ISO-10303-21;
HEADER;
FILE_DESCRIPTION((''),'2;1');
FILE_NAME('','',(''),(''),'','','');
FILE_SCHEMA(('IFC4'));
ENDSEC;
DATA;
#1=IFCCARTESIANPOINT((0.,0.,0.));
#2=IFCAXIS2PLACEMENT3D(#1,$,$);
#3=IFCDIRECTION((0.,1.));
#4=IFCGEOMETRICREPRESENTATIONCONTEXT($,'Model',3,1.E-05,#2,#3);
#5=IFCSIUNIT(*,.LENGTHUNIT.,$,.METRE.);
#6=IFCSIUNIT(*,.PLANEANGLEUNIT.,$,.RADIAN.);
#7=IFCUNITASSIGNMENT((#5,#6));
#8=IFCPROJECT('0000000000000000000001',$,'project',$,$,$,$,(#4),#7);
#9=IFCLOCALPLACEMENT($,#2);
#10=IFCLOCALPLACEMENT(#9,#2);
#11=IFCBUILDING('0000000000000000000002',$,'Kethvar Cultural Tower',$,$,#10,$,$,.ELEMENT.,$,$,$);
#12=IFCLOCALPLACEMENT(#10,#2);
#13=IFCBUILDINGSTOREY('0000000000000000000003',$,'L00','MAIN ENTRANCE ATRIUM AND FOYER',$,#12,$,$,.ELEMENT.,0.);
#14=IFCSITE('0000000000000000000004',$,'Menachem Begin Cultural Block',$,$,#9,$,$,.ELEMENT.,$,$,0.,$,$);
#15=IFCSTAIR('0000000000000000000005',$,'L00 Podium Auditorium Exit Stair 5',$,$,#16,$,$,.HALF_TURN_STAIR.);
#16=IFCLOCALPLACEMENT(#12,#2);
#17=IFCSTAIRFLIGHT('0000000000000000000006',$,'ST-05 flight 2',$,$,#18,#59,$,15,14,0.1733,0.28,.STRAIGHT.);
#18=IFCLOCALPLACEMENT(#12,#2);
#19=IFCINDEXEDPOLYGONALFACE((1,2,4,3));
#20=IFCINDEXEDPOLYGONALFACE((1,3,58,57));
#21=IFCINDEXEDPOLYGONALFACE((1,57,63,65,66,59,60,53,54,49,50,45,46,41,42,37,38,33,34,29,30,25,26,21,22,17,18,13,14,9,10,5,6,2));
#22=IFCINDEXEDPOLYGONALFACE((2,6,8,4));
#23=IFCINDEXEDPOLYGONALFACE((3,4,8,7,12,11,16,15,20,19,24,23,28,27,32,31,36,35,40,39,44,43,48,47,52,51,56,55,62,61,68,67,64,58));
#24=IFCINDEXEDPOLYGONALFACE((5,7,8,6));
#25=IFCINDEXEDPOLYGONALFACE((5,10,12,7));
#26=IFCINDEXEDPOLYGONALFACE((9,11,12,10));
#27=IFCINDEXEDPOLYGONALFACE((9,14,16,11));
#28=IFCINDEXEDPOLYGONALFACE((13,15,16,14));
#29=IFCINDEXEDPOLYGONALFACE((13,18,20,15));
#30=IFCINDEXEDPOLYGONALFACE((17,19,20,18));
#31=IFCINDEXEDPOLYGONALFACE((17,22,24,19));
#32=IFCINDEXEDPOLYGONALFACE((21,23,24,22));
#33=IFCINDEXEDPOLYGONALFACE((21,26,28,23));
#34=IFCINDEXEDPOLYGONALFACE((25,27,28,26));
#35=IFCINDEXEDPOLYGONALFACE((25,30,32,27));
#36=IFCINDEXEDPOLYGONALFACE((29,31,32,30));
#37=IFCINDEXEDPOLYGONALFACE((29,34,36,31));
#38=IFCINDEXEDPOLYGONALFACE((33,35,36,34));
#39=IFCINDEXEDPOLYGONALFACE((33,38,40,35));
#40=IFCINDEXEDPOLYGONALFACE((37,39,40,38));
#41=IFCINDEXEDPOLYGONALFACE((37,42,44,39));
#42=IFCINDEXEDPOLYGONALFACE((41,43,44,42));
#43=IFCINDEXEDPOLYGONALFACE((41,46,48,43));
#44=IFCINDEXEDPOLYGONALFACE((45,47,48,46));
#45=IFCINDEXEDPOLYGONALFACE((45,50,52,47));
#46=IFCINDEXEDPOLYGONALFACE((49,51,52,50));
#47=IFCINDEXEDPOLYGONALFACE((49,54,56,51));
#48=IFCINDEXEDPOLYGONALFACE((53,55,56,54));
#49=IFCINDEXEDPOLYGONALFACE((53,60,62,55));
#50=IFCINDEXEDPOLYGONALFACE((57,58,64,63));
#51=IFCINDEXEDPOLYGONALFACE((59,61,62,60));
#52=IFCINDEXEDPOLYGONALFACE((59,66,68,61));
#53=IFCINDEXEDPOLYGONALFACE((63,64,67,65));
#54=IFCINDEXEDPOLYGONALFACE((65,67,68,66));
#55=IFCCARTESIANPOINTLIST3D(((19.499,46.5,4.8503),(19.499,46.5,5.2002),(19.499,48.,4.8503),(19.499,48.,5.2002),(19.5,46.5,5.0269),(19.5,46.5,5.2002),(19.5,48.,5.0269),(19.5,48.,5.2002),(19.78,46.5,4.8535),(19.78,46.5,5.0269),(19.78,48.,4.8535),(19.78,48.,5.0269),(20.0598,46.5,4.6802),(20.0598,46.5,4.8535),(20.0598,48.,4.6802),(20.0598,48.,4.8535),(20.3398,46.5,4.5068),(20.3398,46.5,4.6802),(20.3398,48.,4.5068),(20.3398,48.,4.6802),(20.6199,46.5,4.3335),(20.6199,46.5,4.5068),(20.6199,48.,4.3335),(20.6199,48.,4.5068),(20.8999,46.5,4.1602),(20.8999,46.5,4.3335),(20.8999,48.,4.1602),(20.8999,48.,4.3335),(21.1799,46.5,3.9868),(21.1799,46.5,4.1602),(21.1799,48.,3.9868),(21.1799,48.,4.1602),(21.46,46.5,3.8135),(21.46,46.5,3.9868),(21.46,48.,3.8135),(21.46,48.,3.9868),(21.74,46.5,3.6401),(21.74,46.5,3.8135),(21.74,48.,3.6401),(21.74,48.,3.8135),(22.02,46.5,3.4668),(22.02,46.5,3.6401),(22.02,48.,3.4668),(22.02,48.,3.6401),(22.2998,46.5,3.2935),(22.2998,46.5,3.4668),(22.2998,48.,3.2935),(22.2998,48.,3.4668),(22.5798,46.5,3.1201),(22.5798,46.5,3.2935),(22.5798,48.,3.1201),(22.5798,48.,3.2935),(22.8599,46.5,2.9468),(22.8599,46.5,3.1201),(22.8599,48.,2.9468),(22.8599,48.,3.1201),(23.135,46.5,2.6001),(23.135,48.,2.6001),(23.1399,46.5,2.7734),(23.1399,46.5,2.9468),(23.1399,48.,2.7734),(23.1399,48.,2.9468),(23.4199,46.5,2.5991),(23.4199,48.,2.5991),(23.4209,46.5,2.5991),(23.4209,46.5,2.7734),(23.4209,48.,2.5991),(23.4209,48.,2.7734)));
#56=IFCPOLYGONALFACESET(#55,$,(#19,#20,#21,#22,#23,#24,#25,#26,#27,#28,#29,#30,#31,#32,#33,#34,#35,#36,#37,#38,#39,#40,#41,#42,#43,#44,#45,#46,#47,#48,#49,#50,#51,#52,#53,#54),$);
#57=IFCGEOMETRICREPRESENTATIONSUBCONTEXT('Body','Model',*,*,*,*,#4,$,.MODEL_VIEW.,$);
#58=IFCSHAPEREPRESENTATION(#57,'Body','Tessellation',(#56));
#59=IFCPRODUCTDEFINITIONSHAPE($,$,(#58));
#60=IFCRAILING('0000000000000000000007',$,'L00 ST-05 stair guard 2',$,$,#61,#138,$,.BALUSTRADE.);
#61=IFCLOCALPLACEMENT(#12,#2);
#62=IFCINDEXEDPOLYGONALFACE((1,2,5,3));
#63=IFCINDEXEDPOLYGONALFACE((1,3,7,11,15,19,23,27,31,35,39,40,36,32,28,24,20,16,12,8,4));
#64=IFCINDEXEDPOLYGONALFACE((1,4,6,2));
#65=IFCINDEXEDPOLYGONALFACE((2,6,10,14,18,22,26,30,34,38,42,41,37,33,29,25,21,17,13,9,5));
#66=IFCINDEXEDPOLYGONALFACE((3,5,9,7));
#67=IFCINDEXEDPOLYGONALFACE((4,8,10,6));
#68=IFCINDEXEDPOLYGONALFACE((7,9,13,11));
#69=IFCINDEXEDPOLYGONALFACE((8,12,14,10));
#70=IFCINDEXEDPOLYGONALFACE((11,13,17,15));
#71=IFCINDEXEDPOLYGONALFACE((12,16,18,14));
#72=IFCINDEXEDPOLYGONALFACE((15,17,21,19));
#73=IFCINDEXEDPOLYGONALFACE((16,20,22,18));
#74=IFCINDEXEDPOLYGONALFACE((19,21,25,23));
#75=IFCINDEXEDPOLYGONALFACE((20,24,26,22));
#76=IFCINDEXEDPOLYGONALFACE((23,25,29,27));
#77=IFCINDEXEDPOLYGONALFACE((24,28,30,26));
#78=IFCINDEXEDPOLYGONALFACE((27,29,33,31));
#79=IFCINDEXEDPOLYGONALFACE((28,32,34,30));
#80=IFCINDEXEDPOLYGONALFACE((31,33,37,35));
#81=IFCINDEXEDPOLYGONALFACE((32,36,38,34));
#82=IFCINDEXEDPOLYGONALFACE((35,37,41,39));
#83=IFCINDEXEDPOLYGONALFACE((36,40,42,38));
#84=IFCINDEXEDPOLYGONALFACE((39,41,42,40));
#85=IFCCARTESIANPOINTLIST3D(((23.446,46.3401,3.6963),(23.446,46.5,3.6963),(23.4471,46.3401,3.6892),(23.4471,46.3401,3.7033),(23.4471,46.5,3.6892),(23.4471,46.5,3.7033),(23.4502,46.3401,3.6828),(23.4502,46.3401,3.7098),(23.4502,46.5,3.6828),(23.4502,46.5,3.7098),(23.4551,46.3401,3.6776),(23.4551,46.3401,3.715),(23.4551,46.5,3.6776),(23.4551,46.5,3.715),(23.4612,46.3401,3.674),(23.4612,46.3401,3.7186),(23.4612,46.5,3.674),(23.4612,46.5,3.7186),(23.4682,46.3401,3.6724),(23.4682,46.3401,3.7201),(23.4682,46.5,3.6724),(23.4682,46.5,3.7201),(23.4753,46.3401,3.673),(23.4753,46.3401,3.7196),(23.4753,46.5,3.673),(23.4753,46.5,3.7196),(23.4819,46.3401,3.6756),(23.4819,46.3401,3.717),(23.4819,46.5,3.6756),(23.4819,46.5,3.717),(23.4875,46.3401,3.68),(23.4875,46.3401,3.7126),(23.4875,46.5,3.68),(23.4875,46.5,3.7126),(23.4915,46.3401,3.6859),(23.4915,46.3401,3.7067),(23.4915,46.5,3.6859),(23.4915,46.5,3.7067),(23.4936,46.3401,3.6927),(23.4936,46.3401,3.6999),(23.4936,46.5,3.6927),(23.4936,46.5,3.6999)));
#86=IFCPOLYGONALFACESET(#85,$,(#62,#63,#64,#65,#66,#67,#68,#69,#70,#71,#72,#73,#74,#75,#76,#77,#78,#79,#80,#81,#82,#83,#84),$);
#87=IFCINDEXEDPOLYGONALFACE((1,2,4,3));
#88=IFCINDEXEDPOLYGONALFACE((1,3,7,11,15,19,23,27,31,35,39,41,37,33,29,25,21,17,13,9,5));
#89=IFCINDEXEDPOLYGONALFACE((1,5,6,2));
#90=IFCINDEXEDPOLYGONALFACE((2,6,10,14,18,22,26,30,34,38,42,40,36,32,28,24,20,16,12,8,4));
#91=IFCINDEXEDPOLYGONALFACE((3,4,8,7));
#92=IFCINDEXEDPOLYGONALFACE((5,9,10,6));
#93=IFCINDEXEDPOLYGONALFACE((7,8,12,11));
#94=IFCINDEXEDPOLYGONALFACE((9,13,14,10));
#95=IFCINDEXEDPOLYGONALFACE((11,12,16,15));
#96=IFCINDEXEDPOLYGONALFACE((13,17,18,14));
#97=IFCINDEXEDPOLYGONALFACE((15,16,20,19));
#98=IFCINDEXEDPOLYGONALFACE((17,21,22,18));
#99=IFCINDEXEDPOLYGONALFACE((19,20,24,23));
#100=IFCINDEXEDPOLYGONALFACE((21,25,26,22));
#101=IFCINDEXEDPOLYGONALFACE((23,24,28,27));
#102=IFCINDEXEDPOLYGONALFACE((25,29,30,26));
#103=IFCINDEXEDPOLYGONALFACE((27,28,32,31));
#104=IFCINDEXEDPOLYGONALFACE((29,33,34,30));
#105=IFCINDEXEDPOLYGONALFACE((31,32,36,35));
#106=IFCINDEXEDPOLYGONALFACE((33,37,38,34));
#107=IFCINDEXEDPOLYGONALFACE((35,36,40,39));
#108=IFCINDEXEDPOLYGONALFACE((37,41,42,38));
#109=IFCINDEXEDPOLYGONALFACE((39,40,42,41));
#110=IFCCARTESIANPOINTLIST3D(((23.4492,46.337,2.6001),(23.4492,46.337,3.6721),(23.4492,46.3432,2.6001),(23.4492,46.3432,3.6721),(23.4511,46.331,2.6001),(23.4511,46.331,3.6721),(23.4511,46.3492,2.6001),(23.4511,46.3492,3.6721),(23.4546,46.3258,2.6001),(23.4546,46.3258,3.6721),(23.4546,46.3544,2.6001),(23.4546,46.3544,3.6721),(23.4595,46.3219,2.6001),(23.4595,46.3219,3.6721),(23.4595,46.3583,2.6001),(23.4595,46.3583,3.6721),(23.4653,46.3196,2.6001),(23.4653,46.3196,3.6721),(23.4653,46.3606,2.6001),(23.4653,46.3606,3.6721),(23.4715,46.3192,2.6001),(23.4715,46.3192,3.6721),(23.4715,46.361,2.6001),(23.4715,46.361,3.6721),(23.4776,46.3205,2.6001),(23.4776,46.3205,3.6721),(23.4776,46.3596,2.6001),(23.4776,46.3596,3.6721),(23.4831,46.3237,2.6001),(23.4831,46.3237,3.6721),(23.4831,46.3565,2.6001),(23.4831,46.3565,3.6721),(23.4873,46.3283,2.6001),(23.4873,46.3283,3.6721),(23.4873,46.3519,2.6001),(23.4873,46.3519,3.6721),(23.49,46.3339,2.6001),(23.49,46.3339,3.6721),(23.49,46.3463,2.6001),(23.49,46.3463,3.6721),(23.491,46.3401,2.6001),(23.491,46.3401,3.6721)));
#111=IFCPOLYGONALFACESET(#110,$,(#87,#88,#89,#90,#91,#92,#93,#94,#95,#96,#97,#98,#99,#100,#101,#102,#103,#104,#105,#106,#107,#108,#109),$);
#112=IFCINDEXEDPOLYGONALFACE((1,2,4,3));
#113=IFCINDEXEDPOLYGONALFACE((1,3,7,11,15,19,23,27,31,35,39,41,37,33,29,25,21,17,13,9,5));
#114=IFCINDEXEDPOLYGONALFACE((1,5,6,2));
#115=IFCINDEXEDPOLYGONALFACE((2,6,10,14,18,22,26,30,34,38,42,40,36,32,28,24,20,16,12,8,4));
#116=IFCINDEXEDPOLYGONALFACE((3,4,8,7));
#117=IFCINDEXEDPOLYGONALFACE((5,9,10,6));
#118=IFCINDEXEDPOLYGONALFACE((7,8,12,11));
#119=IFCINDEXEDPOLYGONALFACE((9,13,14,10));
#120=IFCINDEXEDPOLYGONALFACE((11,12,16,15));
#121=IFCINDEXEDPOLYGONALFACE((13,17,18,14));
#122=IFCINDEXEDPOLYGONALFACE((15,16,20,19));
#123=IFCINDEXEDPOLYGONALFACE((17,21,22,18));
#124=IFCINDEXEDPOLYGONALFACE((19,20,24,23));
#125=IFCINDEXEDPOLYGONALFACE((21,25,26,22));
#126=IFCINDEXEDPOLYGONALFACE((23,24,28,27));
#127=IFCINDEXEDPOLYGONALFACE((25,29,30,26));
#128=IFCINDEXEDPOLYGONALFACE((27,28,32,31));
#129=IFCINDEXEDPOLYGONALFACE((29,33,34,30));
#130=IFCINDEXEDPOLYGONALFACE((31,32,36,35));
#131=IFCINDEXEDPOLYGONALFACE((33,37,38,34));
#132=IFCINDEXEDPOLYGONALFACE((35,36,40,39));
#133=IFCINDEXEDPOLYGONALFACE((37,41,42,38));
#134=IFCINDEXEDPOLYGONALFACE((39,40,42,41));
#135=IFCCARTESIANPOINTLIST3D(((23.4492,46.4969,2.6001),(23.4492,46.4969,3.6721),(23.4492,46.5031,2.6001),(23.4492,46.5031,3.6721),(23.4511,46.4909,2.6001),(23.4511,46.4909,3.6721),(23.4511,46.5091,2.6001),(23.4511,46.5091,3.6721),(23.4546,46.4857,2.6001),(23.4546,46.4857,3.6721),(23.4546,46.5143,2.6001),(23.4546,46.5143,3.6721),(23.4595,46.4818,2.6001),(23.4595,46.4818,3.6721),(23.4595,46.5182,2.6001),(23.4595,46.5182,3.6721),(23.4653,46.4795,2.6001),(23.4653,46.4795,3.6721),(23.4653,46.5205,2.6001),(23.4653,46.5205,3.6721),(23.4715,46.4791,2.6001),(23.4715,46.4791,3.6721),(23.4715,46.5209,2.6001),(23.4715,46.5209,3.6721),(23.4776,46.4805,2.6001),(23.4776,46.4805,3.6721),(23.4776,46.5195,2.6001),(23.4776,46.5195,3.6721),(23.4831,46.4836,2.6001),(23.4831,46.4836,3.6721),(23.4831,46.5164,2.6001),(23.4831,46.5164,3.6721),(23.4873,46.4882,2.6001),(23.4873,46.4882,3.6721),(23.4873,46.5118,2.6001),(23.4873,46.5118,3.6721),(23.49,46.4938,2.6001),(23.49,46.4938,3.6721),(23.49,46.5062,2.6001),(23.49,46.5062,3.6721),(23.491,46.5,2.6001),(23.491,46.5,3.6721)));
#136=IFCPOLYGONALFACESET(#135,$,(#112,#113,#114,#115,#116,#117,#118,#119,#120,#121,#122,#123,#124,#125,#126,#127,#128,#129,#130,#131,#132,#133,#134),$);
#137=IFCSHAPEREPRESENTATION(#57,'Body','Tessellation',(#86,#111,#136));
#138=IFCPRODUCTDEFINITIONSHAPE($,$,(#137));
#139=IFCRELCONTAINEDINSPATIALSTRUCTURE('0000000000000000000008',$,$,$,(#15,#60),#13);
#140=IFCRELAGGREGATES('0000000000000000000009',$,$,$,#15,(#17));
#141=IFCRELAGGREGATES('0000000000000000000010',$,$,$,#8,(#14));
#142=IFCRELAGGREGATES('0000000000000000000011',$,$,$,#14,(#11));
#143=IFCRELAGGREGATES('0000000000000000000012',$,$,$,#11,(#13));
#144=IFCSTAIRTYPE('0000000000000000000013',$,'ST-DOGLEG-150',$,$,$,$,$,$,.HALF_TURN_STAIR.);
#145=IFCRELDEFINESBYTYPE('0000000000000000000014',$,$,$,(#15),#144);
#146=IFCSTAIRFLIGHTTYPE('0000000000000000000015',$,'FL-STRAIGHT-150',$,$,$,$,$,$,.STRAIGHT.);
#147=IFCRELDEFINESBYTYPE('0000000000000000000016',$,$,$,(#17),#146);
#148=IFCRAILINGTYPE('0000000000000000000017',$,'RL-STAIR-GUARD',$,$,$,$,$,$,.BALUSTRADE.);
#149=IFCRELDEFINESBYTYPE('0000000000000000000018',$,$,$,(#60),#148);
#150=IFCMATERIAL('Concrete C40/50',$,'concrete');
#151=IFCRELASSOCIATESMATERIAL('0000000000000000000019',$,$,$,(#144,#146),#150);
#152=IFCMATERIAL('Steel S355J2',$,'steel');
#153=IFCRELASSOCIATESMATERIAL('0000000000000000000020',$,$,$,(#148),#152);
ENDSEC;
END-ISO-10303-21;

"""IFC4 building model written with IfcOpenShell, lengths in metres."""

from ifc_helpers import new_model, si_unit, direction, frame, origin, origin_2d, place, context, subcontext, project, spatial, polyline, circle, outline, extrude, material, type_object, element, aggregate, save


model = new_model("IFC4")

# Units and contexts
model_context = context("Model", 3, precision=1e-05, world=origin(), true_north=direction((0.0, 1.0)))
body_context = subcontext(model_context, "Body", "Model", "MODEL_VIEW")
ifc_project = project(units=[si_unit("LENGTHUNIT", "METRE"), si_unit("PLANEANGLEUNIT", "RADIAN")], contexts=[model_context])

# Site, building, storey
site_placement = place(None, origin())
site = spatial("IfcSite", under=ifc_project, at=site_placement, Name="Menachem Begin Cultural Block", CompositionType="ELEMENT", RefElevation=0.0)
building_placement = place(site_placement, origin())
building = spatial("IfcBuilding", under=site, at=building_placement, Name="Kethvar Cultural Tower", CompositionType="ELEMENT")
storey_placement = place(building_placement, origin())
storey = spatial("IfcBuildingStorey", under=building, at=storey_placement, Name="L00", Description="MAIN ENTRANCE ATRIUM AND FOYER", CompositionType="ELEMENT", Elevation=0.0)

# Shared definitions
ifc_material_1 = material(Name="Steel S355J2", Category="steel")

# Stair, stair flight
ifc_material_2 = material(Name="Concrete C40/50", Category="concrete")
stair_type = type_object("IfcStairType", Name="ST-DOGLEG-150", PredefinedType="HALF_TURN_STAIR", material=ifc_material_2)
stair_placement = place(storey_placement, origin())
stair = element("IfcStair", 1, at=stair_placement, inside=storey, type_object=stair_type, Name="L00 Podium Auditorium Exit Stair 5", PredefinedType="HALF_TURN_STAIR")
stair_flight_type = type_object("IfcStairFlightType", Name="FL-STRAIGHT-150", PredefinedType="STRAIGHT", material=ifc_material_2)
stair_flight_placement = place(storey_placement, frame((23.4199, 47.25, 2.6001), z_axis=(0.0, 0.0, 1.0), x_axis=(-1.0, 0.0, 0.0)))
stair_flight = element("IfcStairFlight", 2, at=stair_flight_placement, type_object=stair_flight_type, Name="ST-05 flight 2", NumberOfRisers=15, NumberOfTreads=14, PredefinedType="STRAIGHT", RiserHeight=0.1733, TreadLength=0.28, context=body_context, shape_type="SweptSolid", body=[
    extrude(outline(polyline([(-0.001, -0.001), (-0.001, 0.1733), (0.28, 0.1733), (0.28, 0.3467), (0.5601, 0.3467), (0.5601, 0.52), (0.8401, 0.52), (0.8401, 0.6934), (1.1201, 0.6934), (1.1201, 0.8667), (1.3999, 0.8667), (1.3999, 1.04), (1.6799, 1.04), (1.6799, 1.2134), (1.96, 1.2134), (1.96, 1.3867), (2.24, 1.3867), (2.24, 1.5601), (2.52, 1.5601), (2.52, 1.7334), (2.8, 1.7334), (2.8, 1.9067), (3.0801, 1.9067), (3.0801, 2.0801), (3.3601, 2.0801), (3.3601, 2.2534), (3.6399, 2.2534), (3.6399, 2.4268), (3.9199, 2.4268), (3.9199, 2.6001), (3.9209, 2.6001), (3.9209, 2.2502), (0.2849, 0.0), (0.0, -0.001), (-0.001, -0.001)])), frame((0.0, 0.75, 0.0), z_axis=(0.0, -1.0, 0.0), x_axis=(1.0, 0.0, 0.0)), (0.0, 0.0, 1.0), 1.5),
])
aggregate(stair, [stair_flight])

# Railing
railing_type_1 = type_object("IfcRailingType", Name="RL-STAIR-GUARD", PredefinedType="BALUSTRADE", material=ifc_material_1)
railing_1_placement = place(storey_placement, frame((23.47, 46.3401, 2.6001)))
element("IfcRailing", 3, at=railing_1_placement, inside=storey, type_object=railing_type_1, Name="L00 ST-05 stair guard 2", PredefinedType="BALUSTRADE", context=body_context, shape_type="SweptSolid", body=[
    extrude(circle(Radius=0.0239, at=origin_2d()), frame((0.0, 0.0, 1.0962), z_axis=(0.0, 1.0, 0.0), x_axis=(-1.0, 0.0, 0.0)), (0.0, 0.0, 1.0), 0.1599),
    extrude(circle(Radius=0.021, at=origin_2d()), origin(), (0.0, 0.0, 1.0), 1.072),
    extrude(circle(Radius=0.021, at=origin_2d()), frame((0.0, 0.1599, 0.0)), (0.0, 0.0, 1.0), 1.072),
])

save(model, "model.ifc")
